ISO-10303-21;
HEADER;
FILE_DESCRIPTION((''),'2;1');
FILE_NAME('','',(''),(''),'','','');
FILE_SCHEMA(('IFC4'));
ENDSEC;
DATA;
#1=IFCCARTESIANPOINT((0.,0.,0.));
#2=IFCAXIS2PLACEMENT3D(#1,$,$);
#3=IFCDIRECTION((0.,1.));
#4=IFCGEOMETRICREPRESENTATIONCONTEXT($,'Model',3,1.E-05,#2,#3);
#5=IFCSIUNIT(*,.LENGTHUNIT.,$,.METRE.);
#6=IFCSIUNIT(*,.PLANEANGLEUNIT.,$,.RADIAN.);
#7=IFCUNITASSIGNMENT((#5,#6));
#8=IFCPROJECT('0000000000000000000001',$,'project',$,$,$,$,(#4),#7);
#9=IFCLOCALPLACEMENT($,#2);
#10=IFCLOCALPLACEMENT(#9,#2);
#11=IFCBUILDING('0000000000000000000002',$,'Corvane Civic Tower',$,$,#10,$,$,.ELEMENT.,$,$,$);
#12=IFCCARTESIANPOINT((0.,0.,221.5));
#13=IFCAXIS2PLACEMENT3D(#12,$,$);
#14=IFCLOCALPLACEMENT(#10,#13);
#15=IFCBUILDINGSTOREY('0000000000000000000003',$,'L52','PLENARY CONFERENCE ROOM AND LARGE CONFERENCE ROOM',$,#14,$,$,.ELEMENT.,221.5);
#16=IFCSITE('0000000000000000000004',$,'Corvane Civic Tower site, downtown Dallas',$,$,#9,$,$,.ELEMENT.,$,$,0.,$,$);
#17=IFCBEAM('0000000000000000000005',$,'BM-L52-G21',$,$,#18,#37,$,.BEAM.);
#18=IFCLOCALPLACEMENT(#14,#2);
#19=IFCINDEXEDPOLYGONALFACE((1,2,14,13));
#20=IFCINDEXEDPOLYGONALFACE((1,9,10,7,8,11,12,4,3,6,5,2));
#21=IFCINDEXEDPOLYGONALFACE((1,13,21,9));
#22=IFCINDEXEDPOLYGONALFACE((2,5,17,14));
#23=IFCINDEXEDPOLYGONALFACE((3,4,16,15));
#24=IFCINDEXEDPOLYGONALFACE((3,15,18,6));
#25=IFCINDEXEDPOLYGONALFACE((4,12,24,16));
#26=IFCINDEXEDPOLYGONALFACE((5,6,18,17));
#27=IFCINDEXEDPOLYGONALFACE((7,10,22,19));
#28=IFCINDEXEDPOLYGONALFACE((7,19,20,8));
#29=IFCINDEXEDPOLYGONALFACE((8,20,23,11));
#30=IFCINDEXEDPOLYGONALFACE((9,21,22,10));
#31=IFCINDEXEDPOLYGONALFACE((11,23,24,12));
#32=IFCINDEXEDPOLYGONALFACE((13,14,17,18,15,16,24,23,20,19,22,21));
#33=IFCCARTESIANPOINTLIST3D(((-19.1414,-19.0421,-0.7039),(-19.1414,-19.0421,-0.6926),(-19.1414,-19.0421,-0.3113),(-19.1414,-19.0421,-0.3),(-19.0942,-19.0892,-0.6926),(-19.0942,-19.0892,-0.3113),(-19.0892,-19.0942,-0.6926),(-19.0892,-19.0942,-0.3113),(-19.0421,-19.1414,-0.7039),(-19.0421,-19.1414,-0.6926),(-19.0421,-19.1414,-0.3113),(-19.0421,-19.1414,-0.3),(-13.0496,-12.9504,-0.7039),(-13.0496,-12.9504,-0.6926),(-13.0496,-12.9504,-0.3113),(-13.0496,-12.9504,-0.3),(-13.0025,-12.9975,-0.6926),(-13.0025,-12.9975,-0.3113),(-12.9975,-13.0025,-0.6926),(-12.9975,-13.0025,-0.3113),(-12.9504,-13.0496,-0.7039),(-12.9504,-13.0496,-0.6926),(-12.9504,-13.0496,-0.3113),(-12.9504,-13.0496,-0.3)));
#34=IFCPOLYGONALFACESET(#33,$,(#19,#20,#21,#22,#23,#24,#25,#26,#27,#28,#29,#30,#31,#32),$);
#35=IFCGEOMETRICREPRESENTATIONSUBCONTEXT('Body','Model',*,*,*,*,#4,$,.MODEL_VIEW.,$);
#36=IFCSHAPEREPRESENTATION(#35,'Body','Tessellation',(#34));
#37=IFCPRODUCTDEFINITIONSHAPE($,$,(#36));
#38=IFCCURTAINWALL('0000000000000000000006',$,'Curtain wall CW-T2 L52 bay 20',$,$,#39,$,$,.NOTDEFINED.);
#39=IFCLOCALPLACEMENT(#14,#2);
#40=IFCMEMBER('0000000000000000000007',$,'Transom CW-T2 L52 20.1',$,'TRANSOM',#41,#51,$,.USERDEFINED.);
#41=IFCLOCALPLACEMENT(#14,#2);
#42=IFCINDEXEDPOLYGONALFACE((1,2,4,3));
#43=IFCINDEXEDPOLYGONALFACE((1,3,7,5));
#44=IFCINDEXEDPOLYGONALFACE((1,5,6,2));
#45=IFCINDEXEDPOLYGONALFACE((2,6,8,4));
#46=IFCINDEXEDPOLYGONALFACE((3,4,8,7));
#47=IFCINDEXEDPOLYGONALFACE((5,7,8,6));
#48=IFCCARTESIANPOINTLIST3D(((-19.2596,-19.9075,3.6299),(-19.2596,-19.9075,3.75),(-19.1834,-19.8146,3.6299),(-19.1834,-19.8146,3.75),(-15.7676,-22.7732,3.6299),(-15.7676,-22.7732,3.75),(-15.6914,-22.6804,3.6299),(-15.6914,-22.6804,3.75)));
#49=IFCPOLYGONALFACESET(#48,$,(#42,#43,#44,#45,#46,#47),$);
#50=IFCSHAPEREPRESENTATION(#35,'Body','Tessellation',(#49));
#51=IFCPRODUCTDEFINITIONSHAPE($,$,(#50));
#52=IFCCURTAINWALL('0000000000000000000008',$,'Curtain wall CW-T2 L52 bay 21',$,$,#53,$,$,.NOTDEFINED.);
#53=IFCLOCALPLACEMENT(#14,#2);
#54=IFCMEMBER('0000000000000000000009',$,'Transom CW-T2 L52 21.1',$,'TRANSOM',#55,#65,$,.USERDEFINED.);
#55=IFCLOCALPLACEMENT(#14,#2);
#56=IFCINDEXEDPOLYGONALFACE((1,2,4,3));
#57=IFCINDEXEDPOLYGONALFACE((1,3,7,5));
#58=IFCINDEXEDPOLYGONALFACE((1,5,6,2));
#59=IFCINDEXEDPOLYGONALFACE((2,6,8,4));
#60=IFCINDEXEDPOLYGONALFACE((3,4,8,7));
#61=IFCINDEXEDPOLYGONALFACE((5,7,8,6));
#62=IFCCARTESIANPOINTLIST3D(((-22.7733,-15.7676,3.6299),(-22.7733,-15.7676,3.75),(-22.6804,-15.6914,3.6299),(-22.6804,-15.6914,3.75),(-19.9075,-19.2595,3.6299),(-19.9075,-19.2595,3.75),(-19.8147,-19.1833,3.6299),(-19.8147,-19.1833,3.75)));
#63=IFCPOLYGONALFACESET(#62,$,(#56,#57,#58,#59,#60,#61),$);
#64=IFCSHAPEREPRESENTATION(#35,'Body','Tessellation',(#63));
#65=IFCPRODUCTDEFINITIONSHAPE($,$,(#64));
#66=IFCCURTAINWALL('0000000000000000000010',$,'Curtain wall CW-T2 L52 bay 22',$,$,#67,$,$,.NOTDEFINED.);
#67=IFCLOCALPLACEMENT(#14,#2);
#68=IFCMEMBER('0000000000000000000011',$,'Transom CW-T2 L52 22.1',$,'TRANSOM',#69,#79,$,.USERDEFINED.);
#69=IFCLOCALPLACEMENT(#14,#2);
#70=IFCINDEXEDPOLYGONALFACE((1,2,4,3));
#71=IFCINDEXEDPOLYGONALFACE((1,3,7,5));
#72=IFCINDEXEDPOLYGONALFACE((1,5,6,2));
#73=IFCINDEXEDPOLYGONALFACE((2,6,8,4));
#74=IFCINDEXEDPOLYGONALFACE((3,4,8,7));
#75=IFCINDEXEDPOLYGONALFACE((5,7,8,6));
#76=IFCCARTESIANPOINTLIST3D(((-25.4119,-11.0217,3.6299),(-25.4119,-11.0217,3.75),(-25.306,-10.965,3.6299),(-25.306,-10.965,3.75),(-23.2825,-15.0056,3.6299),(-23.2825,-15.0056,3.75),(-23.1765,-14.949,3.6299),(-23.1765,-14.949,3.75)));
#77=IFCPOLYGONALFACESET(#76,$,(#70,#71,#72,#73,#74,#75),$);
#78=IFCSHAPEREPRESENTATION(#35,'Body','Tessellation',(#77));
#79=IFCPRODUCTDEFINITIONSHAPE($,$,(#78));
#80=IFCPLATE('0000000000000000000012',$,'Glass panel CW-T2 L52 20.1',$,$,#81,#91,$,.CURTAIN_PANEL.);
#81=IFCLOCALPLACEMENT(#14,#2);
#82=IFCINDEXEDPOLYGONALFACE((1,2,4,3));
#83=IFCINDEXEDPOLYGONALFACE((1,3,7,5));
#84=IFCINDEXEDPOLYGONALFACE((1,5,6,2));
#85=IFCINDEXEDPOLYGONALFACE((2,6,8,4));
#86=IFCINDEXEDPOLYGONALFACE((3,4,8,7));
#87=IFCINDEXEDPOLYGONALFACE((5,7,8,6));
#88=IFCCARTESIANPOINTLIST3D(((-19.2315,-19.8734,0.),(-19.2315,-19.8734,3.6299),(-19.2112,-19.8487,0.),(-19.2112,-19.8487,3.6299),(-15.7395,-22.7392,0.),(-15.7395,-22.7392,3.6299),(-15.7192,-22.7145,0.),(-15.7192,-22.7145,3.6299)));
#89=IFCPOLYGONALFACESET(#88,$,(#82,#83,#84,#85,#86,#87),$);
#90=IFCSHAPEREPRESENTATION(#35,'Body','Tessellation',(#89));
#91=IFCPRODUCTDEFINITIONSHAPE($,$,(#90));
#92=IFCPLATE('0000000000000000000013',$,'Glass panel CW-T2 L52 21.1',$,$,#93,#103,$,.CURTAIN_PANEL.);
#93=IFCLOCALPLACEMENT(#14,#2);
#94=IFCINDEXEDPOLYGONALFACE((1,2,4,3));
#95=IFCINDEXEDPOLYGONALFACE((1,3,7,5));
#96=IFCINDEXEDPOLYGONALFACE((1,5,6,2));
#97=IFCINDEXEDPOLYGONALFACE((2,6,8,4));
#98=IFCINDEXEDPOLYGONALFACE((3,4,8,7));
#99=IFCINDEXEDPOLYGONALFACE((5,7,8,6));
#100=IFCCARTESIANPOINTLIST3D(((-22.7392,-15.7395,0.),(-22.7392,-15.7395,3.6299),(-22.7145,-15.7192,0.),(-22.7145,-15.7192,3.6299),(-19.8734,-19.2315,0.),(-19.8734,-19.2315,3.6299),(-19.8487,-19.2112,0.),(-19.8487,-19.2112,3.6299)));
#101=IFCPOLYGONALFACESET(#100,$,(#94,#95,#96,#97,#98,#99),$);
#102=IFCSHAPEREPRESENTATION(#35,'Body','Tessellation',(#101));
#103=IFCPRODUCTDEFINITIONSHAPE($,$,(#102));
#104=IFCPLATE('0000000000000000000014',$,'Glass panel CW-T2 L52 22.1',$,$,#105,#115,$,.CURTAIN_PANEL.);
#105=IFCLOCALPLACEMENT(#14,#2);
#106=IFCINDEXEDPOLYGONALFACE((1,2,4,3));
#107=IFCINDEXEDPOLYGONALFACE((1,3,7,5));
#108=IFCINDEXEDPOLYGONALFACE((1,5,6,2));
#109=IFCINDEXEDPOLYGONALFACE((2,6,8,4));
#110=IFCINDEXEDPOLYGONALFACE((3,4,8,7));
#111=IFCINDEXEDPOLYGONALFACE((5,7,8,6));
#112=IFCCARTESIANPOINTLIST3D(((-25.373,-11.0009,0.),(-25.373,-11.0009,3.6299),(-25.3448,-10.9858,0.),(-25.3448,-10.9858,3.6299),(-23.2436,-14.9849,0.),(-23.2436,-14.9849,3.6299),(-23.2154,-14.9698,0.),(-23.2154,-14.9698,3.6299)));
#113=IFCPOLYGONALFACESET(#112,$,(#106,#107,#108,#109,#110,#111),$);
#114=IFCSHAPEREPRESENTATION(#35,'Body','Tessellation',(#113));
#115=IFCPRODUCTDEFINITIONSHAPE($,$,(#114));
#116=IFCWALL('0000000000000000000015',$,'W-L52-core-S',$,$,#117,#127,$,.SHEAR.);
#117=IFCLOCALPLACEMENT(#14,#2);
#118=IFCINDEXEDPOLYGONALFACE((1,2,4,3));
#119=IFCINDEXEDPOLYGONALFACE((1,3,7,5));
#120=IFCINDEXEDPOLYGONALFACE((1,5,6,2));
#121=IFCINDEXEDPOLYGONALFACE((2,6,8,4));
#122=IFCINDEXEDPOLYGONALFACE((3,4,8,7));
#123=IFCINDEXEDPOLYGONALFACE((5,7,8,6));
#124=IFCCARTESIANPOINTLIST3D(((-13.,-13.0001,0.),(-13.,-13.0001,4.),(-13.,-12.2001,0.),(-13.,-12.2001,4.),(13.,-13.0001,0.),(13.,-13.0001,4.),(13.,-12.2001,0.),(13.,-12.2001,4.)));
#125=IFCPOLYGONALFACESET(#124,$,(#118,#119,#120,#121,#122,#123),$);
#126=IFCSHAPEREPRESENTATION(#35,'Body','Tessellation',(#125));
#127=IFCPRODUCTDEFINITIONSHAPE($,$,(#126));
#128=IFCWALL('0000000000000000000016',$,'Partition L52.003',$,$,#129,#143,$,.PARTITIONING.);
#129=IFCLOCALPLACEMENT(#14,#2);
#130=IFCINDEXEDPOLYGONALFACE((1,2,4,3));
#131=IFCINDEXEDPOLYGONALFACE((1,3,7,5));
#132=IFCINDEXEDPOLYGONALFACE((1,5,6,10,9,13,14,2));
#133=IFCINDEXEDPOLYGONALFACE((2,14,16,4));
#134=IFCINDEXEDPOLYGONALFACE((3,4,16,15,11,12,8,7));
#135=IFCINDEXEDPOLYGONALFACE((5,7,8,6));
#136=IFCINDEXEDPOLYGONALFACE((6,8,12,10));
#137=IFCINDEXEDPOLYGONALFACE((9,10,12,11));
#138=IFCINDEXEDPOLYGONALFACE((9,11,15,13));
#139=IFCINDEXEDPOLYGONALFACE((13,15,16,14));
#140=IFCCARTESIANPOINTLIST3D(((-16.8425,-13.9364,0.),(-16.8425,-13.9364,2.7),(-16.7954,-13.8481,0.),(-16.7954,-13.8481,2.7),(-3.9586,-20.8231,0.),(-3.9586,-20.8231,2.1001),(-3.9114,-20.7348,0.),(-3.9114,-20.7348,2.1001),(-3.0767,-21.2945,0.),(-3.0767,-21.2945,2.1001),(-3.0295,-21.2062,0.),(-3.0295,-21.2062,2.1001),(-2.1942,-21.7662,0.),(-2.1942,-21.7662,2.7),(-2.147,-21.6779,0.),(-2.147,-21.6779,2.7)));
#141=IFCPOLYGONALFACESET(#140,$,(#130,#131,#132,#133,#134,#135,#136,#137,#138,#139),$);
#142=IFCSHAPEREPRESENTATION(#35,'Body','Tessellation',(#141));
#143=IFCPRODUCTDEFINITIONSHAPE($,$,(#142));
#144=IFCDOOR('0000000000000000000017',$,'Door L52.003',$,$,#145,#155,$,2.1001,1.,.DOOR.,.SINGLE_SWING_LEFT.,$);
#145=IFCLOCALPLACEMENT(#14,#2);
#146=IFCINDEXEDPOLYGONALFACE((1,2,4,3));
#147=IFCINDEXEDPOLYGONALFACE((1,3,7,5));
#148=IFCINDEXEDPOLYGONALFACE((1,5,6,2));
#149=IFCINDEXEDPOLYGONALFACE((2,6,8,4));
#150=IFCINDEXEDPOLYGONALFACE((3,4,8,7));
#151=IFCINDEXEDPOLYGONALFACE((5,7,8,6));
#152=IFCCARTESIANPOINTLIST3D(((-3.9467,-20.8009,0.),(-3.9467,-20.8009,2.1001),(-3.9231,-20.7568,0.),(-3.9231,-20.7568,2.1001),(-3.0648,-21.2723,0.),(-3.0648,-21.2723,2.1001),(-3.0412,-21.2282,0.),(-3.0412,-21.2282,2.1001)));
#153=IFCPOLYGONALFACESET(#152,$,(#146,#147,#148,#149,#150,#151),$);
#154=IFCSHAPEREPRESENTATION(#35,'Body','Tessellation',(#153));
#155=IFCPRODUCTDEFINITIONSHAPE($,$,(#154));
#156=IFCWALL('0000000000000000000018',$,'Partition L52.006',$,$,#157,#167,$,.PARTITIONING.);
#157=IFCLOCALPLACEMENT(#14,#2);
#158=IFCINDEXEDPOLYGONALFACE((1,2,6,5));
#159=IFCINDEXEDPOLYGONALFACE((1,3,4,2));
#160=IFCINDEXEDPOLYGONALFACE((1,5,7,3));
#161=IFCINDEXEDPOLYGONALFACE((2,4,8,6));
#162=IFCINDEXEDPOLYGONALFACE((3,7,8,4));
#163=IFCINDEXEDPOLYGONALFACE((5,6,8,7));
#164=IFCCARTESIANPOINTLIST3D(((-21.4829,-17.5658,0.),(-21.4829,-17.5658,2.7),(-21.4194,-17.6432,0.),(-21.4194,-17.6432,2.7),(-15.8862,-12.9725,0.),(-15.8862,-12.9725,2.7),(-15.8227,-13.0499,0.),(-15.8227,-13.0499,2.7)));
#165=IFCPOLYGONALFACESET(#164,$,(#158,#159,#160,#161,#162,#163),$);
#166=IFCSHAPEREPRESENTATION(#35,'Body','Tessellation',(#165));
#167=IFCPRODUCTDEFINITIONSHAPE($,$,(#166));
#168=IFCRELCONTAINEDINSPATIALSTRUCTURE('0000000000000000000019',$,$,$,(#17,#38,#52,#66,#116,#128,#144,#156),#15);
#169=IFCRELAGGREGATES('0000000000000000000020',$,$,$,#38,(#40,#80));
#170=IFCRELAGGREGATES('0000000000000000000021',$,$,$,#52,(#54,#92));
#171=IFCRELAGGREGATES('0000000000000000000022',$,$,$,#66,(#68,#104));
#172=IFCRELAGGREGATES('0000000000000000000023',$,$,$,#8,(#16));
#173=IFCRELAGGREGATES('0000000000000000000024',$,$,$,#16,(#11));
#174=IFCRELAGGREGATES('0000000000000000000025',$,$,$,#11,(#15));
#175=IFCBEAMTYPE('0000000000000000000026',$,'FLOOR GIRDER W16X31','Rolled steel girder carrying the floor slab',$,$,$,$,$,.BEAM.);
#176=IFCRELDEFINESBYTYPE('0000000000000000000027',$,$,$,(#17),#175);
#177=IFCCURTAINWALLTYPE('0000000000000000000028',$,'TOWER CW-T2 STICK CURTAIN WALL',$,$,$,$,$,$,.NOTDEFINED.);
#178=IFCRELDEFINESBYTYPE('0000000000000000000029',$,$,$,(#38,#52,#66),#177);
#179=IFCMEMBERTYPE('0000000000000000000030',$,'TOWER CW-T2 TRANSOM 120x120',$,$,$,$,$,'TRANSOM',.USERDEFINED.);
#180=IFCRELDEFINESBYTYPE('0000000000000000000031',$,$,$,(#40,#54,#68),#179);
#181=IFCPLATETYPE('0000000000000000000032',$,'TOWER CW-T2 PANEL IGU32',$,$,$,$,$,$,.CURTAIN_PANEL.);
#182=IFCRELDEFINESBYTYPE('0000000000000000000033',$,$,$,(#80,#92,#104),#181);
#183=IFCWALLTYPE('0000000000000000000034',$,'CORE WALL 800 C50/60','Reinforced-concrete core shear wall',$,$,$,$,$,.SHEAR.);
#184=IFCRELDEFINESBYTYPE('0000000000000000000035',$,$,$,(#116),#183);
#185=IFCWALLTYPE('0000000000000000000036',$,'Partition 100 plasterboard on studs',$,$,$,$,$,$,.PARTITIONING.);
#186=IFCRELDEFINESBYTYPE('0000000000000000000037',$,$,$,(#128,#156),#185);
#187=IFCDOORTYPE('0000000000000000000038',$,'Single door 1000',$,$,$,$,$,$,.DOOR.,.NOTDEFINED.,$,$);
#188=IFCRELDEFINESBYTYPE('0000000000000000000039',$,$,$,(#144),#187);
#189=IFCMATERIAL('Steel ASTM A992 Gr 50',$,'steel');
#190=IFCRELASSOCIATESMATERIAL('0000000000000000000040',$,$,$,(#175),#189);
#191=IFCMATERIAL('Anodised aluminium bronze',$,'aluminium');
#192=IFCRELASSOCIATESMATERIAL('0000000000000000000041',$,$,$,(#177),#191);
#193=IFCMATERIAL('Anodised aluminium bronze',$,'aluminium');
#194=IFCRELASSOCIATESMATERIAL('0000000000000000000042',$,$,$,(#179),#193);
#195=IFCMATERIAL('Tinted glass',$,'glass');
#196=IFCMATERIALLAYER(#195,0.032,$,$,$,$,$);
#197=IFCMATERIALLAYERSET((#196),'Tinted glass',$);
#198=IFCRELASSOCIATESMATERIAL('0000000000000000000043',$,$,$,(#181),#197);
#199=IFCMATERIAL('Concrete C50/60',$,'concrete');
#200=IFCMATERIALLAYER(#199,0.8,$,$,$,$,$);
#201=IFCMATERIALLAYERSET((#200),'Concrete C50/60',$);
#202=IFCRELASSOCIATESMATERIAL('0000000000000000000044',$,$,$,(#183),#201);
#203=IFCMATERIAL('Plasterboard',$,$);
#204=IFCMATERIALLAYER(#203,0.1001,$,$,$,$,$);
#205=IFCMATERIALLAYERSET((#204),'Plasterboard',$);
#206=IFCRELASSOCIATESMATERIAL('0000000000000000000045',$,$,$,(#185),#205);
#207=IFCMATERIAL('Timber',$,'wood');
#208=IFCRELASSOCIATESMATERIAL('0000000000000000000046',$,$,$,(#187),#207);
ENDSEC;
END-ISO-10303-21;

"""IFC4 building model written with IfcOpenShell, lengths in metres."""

from ifc_helpers import new_model, si_unit, direction, frame, frame_2d, origin, origin_2d, place, context, subcontext, project, spatial, rectangle, i_section, extrude, material, layer, layer_set, material_profile, profile_set, type_object, element, fill, aggregate, save


model = new_model("IFC4")

# Units and contexts
model_context = context("Model", 3, precision=1e-05, world=origin(), true_north=direction((0.0, 1.0)))
body_context = subcontext(model_context, "Body", "Model", "MODEL_VIEW")
ifc_project = project(units=[si_unit("LENGTHUNIT", "METRE"), si_unit("PLANEANGLEUNIT", "RADIAN")], contexts=[model_context])

# Site, building, storey
site_placement = place(None, origin())
site = spatial("IfcSite", under=ifc_project, at=site_placement, Name="Corvane Civic Tower site, downtown Dallas", CompositionType="ELEMENT", RefElevation=0.0)
building_placement = place(site_placement, origin())
building = spatial("IfcBuilding", under=site, at=building_placement, Name="Corvane Civic Tower", CompositionType="ELEMENT")
storey_placement = place(building_placement, frame((0.0, 0.0, 221.5)))
storey = spatial("IfcBuildingStorey", under=building, at=storey_placement, Name="L52", Description="PLENARY CONFERENCE ROOM AND LARGE CONFERENCE ROOM", CompositionType="ELEMENT", Elevation=221.5)

# Beam
ifc_material_1 = material(Name="Steel ASTM A992 Gr 50", Category="steel")
ifc_material_profile_1 = material_profile(ifc_material_1, i_section(OverallWidth=0.1404, OverallDepth=0.4038, WebThickness=0.0071, FlangeThickness=0.0112, at=origin_2d()), Name="W16X31")
ifc_profile_set_1 = profile_set([ifc_material_profile_1], Name="Steel ASTM A992 Gr 50")
beam_type_1 = type_object("IfcBeamType", Name="FLOOR GIRDER W16X31", Description="Rolled steel girder carrying the floor slab", PredefinedType="BEAM", material=ifc_profile_set_1)
beam_placement = place(storey_placement, frame((-13.0, -13.0, -0.502), z_axis=(-0.707107, -0.707107, 0.0), x_axis=(0.707107, -0.707107, 0.0)))
element("IfcBeam", 1, at=beam_placement, inside=storey, type_object=beam_type_1, Name="BM-L52-G21", PredefinedType="BEAM", context=body_context, shape_type="SweptSolid", body=[
    extrude(i_section(OverallWidth=0.1404, OverallDepth=0.4038, WebThickness=0.0071, FlangeThickness=0.0112, at=origin_2d()), origin(), (0.0, 0.0, 1.0), 8.615),
])

# Curtain walls, members
ifc_material_2 = material(Name="Anodised aluminium bronze", Category="aluminium")
curtain_wall_type = type_object("IfcCurtainWallType", Name="TOWER CW-T2 STICK CURTAIN WALL", PredefinedType="NOTDEFINED", material=ifc_material_2)
curtain_wall_1_placement = place(storey_placement, origin())
curtain_wall_1 = element("IfcCurtainWall", 2, at=curtain_wall_1_placement, inside=storey, type_object=curtain_wall_type, Name="Curtain wall CW-T2 L52 bay 20", PredefinedType="NOTDEFINED")
ifc_material_3 = material(Name="Anodised aluminium bronze", Category="aluminium")
ifc_material_profile_2 = material_profile(ifc_material_3, rectangle(XDim=0.1201, YDim=0.1201, at=origin_2d()), Name="TOWER CW-T2 TRANSOM 120x120")
ifc_profile_set_2 = profile_set([ifc_material_profile_2], Name="Anodised aluminium bronze")
member_type = type_object("IfcMemberType", Name="TOWER CW-T2 TRANSOM 120x120", ElementType="TRANSOM", PredefinedType="USERDEFINED", material=ifc_profile_set_2)
member_1_placement = place(storey_placement, frame((-15.7295, -22.7268, 3.6899), z_axis=(-0.773015, 0.634388, 0.0), x_axis=(-0.634388, -0.773015, 0.0)))
member_1 = element("IfcMember", 3, at=member_1_placement, type_object=member_type, Name="Transom CW-T2 L52 20.1", ObjectType="TRANSOM", PredefinedType="USERDEFINED", context=body_context, shape_type="SweptSolid", body=[
    extrude(rectangle(XDim=0.1201, YDim=0.1201, at=origin_2d()), origin(), (0.0, 0.0, 1.0), 4.5173),
])
curtain_wall_2_placement = place(storey_placement, origin())
curtain_wall_2 = element("IfcCurtainWall", 4, at=curtain_wall_2_placement, inside=storey, type_object=curtain_wall_type, Name="Curtain wall CW-T2 L52 bay 21", PredefinedType="NOTDEFINED")
member_2_placement = place(storey_placement, frame((-19.8611, -19.2214, 3.6899), z_axis=(-0.634388, 0.773015, 0.0), x_axis=(-0.773015, -0.634388, 0.0)))
member_2 = element("IfcMember", 5, at=member_2_placement, type_object=member_type, Name="Transom CW-T2 L52 21.1", ObjectType="TRANSOM", PredefinedType="USERDEFINED", context=body_context, shape_type="SweptSolid", body=[
    extrude(rectangle(XDim=0.1201, YDim=0.1201, at=origin_2d()), origin(), (0.0, 0.0, 1.0), 4.5173),
])
curtain_wall_3_placement = place(storey_placement, origin())
curtain_wall_3 = element("IfcCurtainWall", 6, at=curtain_wall_3_placement, inside=storey, type_object=curtain_wall_type, Name="Curtain wall CW-T2 L52 bay 22", PredefinedType="NOTDEFINED")
member_3_placement = place(storey_placement, frame((-23.2295, -14.9773, 3.6899), z_axis=(-0.47139, 0.881925, 0.0), x_axis=(-0.881925, -0.47139, 0.0)))
member_3 = element("IfcMember", 7, at=member_3_placement, type_object=member_type, Name="Transom CW-T2 L52 22.1", ObjectType="TRANSOM", PredefinedType="USERDEFINED", context=body_context, shape_type="SweptSolid", body=[
    extrude(rectangle(XDim=0.1201, YDim=0.1201, at=origin_2d()), origin(), (0.0, 0.0, 1.0), 4.5173),
])

# Plates
ifc_material_4 = material(Name="Tinted glass", Category="glass")
ifc_layer_1 = layer(ifc_material_4, 0.032)
ifc_layer_set_1 = layer_set([ifc_layer_1], Name="Tinted glass")
plate_type = type_object("IfcPlateType", Name="TOWER CW-T2 PANEL IGU32", PredefinedType="CURTAIN_PANEL", material=ifc_layer_set_1)
plate_1_placement = place(storey_placement, frame((-17.4753, -21.2939, 0.0), z_axis=(0.0, 0.0, 1.0), x_axis=(-0.773012, 0.634391, 0.0)))
plate_1 = element("IfcPlate", 8, at=plate_1_placement, type_object=plate_type, Name="Glass panel CW-T2 L52 20.1", PredefinedType="CURTAIN_PANEL", context=body_context, shape_type="SweptSolid", body=[
    extrude(rectangle(XDim=4.5173, YDim=0.032, at=origin_2d()), origin(), (0.0, 0.0, 1.0), 3.6299),
])
aggregate(curtain_wall_1, [member_1, plate_1])
plate_2_placement = place(storey_placement, frame((-21.2939, -17.4753, 0.0), z_axis=(0.0, 0.0, 1.0), x_axis=(-0.634391, 0.773012, 0.0)))
plate_2 = element("IfcPlate", 9, at=plate_2_placement, type_object=plate_type, Name="Glass panel CW-T2 L52 21.1", PredefinedType="CURTAIN_PANEL", context=body_context, shape_type="SweptSolid", body=[
    extrude(rectangle(XDim=4.5173, YDim=0.032, at=origin_2d()), origin(), (0.0, 0.0, 1.0), 3.6299),
])
aggregate(curtain_wall_2, [member_2, plate_2])
plate_3_placement = place(storey_placement, frame((-24.2942, -12.9854, 0.0), z_axis=(0.0, 0.0, 1.0), x_axis=(-0.471398, 0.88192, 0.0)))
plate_3 = element("IfcPlate", 10, at=plate_3_placement, type_object=plate_type, Name="Glass panel CW-T2 L52 22.1", PredefinedType="CURTAIN_PANEL", context=body_context, shape_type="SweptSolid", body=[
    extrude(rectangle(XDim=4.5173, YDim=0.032, at=origin_2d()), origin(), (0.0, 0.0, 1.0), 3.6299),
])
aggregate(curtain_wall_3, [member_3, plate_3])

# Wall
ifc_material_5 = material(Name="Concrete C50/60", Category="concrete")
ifc_layer_2 = layer(ifc_material_5, 0.8)
ifc_layer_set_2 = layer_set([ifc_layer_2], Name="Concrete C50/60")
wall_type_1 = type_object("IfcWallType", Name="CORE WALL 800 C50/60", Description="Reinforced-concrete core shear wall", PredefinedType="SHEAR", material=ifc_layer_set_2)
wall_1_placement = place(storey_placement, frame((-13.0, -12.6001, 0.0), z_axis=(0.0, 0.0, 1.0), x_axis=(1.0, 0.0, 0.0)))
element("IfcWall", 11, at=wall_1_placement, inside=storey, type_object=wall_type_1, Name="W-L52-core-S", PredefinedType="SHEAR", context=body_context, shape_type="SweptSolid", body=[
    extrude(rectangle(XDim=26.0, YDim=0.8, at=frame_2d((13.0, 0.0))), origin(), (0.0, 0.0, 1.0), 4.0),
])

# Wall, opening, door
ifc_material_6 = material(Name="Plasterboard")
ifc_layer_3 = layer(ifc_material_6, 0.1001)
ifc_layer_set_3 = layer_set([ifc_layer_3], Name="Plasterboard")
wall_type_2 = type_object("IfcWallType", Name="Partition 100 plasterboard on studs", PredefinedType="PARTITIONING", material=ifc_layer_set_3)
wall_2_placement = place(storey_placement, frame((-16.8188, -13.8923, 0.0), z_axis=(0.0, 0.0, 1.0), x_axis=(0.881919, -0.471401, 0.0)))
wall_2 = element("IfcWall", 12, at=wall_2_placement, inside=storey, type_object=wall_type_2, Name="Partition L52.003", PredefinedType="PARTITIONING", context=body_context, shape_type="SweptSolid", body=[
    extrude(rectangle(XDim=16.6096, YDim=0.1001, at=frame_2d((8.3047, 0.0))), origin(), (0.0, 0.0, 1.0), 2.7),
])
opening_1_placement = place(wall_2_placement, frame((14.6089, 0.0, 0.0)))
opening_1 = element("IfcOpeningElement", 13, at=opening_1_placement, cuts=wall_2, PredefinedType="OPENING", context=body_context, shape_type="SweptSolid", body=[
    extrude(rectangle(XDim=1.0, YDim=2.1001, at=frame_2d((0.5, 1.05))), frame((0.0, 0.0601, 0.0), z_axis=(0.0, -1.0, 0.0), x_axis=(1.0, 0.0, 0.0)), (0.0, 0.0, 1.0), 0.1201),
])
ifc_material_7 = material(Name="Timber", Category="wood")
door_type_1 = type_object("IfcDoorType", Name="Single door 1000", OperationType="NOTDEFINED", PredefinedType="DOOR", material=ifc_material_7)
door_1_placement = place(opening_1_placement, frame((1.0, 0.0, 0.0), z_axis=(0.0, 0.0, 1.0), x_axis=(-1.0, 0.0, 0.0)))
door_1 = element("IfcDoor", 14, at=door_1_placement, inside=storey, type_object=door_type_1, Name="Door L52.003", OperationType="SINGLE_SWING_LEFT", OverallHeight=2.1001, OverallWidth=1.0, PredefinedType="DOOR", context=body_context, shape_type="SweptSolid", body=[
    extrude(rectangle(XDim=1.0, YDim=2.1001, at=frame_2d((0.5, 1.05))), frame((0.0, 0.0249, 0.0), z_axis=(0.0, -1.0, 0.0), x_axis=(1.0, 0.0, 0.0)), (0.0, 0.0, 1.0), 0.05),
])
fill(opening_1, door_1)

# Wall
wall_3_placement = place(storey_placement, frame((-21.4512, -17.6045, 0.0), z_axis=(0.0, 0.0, 1.0), x_axis=(0.772998, 0.634409, 0.0)))
element("IfcWall", 15, at=wall_3_placement, inside=storey, type_object=wall_type_2, Name="Partition L52.006", PredefinedType="PARTITIONING", context=body_context, shape_type="SweptSolid", body=[
    extrude(rectangle(XDim=7.2402, YDim=0.1001, at=frame_2d((3.6201, 0.0))), origin(), (0.0, 0.0, 1.0), 2.7),
])

save(model, "model.ifc")
